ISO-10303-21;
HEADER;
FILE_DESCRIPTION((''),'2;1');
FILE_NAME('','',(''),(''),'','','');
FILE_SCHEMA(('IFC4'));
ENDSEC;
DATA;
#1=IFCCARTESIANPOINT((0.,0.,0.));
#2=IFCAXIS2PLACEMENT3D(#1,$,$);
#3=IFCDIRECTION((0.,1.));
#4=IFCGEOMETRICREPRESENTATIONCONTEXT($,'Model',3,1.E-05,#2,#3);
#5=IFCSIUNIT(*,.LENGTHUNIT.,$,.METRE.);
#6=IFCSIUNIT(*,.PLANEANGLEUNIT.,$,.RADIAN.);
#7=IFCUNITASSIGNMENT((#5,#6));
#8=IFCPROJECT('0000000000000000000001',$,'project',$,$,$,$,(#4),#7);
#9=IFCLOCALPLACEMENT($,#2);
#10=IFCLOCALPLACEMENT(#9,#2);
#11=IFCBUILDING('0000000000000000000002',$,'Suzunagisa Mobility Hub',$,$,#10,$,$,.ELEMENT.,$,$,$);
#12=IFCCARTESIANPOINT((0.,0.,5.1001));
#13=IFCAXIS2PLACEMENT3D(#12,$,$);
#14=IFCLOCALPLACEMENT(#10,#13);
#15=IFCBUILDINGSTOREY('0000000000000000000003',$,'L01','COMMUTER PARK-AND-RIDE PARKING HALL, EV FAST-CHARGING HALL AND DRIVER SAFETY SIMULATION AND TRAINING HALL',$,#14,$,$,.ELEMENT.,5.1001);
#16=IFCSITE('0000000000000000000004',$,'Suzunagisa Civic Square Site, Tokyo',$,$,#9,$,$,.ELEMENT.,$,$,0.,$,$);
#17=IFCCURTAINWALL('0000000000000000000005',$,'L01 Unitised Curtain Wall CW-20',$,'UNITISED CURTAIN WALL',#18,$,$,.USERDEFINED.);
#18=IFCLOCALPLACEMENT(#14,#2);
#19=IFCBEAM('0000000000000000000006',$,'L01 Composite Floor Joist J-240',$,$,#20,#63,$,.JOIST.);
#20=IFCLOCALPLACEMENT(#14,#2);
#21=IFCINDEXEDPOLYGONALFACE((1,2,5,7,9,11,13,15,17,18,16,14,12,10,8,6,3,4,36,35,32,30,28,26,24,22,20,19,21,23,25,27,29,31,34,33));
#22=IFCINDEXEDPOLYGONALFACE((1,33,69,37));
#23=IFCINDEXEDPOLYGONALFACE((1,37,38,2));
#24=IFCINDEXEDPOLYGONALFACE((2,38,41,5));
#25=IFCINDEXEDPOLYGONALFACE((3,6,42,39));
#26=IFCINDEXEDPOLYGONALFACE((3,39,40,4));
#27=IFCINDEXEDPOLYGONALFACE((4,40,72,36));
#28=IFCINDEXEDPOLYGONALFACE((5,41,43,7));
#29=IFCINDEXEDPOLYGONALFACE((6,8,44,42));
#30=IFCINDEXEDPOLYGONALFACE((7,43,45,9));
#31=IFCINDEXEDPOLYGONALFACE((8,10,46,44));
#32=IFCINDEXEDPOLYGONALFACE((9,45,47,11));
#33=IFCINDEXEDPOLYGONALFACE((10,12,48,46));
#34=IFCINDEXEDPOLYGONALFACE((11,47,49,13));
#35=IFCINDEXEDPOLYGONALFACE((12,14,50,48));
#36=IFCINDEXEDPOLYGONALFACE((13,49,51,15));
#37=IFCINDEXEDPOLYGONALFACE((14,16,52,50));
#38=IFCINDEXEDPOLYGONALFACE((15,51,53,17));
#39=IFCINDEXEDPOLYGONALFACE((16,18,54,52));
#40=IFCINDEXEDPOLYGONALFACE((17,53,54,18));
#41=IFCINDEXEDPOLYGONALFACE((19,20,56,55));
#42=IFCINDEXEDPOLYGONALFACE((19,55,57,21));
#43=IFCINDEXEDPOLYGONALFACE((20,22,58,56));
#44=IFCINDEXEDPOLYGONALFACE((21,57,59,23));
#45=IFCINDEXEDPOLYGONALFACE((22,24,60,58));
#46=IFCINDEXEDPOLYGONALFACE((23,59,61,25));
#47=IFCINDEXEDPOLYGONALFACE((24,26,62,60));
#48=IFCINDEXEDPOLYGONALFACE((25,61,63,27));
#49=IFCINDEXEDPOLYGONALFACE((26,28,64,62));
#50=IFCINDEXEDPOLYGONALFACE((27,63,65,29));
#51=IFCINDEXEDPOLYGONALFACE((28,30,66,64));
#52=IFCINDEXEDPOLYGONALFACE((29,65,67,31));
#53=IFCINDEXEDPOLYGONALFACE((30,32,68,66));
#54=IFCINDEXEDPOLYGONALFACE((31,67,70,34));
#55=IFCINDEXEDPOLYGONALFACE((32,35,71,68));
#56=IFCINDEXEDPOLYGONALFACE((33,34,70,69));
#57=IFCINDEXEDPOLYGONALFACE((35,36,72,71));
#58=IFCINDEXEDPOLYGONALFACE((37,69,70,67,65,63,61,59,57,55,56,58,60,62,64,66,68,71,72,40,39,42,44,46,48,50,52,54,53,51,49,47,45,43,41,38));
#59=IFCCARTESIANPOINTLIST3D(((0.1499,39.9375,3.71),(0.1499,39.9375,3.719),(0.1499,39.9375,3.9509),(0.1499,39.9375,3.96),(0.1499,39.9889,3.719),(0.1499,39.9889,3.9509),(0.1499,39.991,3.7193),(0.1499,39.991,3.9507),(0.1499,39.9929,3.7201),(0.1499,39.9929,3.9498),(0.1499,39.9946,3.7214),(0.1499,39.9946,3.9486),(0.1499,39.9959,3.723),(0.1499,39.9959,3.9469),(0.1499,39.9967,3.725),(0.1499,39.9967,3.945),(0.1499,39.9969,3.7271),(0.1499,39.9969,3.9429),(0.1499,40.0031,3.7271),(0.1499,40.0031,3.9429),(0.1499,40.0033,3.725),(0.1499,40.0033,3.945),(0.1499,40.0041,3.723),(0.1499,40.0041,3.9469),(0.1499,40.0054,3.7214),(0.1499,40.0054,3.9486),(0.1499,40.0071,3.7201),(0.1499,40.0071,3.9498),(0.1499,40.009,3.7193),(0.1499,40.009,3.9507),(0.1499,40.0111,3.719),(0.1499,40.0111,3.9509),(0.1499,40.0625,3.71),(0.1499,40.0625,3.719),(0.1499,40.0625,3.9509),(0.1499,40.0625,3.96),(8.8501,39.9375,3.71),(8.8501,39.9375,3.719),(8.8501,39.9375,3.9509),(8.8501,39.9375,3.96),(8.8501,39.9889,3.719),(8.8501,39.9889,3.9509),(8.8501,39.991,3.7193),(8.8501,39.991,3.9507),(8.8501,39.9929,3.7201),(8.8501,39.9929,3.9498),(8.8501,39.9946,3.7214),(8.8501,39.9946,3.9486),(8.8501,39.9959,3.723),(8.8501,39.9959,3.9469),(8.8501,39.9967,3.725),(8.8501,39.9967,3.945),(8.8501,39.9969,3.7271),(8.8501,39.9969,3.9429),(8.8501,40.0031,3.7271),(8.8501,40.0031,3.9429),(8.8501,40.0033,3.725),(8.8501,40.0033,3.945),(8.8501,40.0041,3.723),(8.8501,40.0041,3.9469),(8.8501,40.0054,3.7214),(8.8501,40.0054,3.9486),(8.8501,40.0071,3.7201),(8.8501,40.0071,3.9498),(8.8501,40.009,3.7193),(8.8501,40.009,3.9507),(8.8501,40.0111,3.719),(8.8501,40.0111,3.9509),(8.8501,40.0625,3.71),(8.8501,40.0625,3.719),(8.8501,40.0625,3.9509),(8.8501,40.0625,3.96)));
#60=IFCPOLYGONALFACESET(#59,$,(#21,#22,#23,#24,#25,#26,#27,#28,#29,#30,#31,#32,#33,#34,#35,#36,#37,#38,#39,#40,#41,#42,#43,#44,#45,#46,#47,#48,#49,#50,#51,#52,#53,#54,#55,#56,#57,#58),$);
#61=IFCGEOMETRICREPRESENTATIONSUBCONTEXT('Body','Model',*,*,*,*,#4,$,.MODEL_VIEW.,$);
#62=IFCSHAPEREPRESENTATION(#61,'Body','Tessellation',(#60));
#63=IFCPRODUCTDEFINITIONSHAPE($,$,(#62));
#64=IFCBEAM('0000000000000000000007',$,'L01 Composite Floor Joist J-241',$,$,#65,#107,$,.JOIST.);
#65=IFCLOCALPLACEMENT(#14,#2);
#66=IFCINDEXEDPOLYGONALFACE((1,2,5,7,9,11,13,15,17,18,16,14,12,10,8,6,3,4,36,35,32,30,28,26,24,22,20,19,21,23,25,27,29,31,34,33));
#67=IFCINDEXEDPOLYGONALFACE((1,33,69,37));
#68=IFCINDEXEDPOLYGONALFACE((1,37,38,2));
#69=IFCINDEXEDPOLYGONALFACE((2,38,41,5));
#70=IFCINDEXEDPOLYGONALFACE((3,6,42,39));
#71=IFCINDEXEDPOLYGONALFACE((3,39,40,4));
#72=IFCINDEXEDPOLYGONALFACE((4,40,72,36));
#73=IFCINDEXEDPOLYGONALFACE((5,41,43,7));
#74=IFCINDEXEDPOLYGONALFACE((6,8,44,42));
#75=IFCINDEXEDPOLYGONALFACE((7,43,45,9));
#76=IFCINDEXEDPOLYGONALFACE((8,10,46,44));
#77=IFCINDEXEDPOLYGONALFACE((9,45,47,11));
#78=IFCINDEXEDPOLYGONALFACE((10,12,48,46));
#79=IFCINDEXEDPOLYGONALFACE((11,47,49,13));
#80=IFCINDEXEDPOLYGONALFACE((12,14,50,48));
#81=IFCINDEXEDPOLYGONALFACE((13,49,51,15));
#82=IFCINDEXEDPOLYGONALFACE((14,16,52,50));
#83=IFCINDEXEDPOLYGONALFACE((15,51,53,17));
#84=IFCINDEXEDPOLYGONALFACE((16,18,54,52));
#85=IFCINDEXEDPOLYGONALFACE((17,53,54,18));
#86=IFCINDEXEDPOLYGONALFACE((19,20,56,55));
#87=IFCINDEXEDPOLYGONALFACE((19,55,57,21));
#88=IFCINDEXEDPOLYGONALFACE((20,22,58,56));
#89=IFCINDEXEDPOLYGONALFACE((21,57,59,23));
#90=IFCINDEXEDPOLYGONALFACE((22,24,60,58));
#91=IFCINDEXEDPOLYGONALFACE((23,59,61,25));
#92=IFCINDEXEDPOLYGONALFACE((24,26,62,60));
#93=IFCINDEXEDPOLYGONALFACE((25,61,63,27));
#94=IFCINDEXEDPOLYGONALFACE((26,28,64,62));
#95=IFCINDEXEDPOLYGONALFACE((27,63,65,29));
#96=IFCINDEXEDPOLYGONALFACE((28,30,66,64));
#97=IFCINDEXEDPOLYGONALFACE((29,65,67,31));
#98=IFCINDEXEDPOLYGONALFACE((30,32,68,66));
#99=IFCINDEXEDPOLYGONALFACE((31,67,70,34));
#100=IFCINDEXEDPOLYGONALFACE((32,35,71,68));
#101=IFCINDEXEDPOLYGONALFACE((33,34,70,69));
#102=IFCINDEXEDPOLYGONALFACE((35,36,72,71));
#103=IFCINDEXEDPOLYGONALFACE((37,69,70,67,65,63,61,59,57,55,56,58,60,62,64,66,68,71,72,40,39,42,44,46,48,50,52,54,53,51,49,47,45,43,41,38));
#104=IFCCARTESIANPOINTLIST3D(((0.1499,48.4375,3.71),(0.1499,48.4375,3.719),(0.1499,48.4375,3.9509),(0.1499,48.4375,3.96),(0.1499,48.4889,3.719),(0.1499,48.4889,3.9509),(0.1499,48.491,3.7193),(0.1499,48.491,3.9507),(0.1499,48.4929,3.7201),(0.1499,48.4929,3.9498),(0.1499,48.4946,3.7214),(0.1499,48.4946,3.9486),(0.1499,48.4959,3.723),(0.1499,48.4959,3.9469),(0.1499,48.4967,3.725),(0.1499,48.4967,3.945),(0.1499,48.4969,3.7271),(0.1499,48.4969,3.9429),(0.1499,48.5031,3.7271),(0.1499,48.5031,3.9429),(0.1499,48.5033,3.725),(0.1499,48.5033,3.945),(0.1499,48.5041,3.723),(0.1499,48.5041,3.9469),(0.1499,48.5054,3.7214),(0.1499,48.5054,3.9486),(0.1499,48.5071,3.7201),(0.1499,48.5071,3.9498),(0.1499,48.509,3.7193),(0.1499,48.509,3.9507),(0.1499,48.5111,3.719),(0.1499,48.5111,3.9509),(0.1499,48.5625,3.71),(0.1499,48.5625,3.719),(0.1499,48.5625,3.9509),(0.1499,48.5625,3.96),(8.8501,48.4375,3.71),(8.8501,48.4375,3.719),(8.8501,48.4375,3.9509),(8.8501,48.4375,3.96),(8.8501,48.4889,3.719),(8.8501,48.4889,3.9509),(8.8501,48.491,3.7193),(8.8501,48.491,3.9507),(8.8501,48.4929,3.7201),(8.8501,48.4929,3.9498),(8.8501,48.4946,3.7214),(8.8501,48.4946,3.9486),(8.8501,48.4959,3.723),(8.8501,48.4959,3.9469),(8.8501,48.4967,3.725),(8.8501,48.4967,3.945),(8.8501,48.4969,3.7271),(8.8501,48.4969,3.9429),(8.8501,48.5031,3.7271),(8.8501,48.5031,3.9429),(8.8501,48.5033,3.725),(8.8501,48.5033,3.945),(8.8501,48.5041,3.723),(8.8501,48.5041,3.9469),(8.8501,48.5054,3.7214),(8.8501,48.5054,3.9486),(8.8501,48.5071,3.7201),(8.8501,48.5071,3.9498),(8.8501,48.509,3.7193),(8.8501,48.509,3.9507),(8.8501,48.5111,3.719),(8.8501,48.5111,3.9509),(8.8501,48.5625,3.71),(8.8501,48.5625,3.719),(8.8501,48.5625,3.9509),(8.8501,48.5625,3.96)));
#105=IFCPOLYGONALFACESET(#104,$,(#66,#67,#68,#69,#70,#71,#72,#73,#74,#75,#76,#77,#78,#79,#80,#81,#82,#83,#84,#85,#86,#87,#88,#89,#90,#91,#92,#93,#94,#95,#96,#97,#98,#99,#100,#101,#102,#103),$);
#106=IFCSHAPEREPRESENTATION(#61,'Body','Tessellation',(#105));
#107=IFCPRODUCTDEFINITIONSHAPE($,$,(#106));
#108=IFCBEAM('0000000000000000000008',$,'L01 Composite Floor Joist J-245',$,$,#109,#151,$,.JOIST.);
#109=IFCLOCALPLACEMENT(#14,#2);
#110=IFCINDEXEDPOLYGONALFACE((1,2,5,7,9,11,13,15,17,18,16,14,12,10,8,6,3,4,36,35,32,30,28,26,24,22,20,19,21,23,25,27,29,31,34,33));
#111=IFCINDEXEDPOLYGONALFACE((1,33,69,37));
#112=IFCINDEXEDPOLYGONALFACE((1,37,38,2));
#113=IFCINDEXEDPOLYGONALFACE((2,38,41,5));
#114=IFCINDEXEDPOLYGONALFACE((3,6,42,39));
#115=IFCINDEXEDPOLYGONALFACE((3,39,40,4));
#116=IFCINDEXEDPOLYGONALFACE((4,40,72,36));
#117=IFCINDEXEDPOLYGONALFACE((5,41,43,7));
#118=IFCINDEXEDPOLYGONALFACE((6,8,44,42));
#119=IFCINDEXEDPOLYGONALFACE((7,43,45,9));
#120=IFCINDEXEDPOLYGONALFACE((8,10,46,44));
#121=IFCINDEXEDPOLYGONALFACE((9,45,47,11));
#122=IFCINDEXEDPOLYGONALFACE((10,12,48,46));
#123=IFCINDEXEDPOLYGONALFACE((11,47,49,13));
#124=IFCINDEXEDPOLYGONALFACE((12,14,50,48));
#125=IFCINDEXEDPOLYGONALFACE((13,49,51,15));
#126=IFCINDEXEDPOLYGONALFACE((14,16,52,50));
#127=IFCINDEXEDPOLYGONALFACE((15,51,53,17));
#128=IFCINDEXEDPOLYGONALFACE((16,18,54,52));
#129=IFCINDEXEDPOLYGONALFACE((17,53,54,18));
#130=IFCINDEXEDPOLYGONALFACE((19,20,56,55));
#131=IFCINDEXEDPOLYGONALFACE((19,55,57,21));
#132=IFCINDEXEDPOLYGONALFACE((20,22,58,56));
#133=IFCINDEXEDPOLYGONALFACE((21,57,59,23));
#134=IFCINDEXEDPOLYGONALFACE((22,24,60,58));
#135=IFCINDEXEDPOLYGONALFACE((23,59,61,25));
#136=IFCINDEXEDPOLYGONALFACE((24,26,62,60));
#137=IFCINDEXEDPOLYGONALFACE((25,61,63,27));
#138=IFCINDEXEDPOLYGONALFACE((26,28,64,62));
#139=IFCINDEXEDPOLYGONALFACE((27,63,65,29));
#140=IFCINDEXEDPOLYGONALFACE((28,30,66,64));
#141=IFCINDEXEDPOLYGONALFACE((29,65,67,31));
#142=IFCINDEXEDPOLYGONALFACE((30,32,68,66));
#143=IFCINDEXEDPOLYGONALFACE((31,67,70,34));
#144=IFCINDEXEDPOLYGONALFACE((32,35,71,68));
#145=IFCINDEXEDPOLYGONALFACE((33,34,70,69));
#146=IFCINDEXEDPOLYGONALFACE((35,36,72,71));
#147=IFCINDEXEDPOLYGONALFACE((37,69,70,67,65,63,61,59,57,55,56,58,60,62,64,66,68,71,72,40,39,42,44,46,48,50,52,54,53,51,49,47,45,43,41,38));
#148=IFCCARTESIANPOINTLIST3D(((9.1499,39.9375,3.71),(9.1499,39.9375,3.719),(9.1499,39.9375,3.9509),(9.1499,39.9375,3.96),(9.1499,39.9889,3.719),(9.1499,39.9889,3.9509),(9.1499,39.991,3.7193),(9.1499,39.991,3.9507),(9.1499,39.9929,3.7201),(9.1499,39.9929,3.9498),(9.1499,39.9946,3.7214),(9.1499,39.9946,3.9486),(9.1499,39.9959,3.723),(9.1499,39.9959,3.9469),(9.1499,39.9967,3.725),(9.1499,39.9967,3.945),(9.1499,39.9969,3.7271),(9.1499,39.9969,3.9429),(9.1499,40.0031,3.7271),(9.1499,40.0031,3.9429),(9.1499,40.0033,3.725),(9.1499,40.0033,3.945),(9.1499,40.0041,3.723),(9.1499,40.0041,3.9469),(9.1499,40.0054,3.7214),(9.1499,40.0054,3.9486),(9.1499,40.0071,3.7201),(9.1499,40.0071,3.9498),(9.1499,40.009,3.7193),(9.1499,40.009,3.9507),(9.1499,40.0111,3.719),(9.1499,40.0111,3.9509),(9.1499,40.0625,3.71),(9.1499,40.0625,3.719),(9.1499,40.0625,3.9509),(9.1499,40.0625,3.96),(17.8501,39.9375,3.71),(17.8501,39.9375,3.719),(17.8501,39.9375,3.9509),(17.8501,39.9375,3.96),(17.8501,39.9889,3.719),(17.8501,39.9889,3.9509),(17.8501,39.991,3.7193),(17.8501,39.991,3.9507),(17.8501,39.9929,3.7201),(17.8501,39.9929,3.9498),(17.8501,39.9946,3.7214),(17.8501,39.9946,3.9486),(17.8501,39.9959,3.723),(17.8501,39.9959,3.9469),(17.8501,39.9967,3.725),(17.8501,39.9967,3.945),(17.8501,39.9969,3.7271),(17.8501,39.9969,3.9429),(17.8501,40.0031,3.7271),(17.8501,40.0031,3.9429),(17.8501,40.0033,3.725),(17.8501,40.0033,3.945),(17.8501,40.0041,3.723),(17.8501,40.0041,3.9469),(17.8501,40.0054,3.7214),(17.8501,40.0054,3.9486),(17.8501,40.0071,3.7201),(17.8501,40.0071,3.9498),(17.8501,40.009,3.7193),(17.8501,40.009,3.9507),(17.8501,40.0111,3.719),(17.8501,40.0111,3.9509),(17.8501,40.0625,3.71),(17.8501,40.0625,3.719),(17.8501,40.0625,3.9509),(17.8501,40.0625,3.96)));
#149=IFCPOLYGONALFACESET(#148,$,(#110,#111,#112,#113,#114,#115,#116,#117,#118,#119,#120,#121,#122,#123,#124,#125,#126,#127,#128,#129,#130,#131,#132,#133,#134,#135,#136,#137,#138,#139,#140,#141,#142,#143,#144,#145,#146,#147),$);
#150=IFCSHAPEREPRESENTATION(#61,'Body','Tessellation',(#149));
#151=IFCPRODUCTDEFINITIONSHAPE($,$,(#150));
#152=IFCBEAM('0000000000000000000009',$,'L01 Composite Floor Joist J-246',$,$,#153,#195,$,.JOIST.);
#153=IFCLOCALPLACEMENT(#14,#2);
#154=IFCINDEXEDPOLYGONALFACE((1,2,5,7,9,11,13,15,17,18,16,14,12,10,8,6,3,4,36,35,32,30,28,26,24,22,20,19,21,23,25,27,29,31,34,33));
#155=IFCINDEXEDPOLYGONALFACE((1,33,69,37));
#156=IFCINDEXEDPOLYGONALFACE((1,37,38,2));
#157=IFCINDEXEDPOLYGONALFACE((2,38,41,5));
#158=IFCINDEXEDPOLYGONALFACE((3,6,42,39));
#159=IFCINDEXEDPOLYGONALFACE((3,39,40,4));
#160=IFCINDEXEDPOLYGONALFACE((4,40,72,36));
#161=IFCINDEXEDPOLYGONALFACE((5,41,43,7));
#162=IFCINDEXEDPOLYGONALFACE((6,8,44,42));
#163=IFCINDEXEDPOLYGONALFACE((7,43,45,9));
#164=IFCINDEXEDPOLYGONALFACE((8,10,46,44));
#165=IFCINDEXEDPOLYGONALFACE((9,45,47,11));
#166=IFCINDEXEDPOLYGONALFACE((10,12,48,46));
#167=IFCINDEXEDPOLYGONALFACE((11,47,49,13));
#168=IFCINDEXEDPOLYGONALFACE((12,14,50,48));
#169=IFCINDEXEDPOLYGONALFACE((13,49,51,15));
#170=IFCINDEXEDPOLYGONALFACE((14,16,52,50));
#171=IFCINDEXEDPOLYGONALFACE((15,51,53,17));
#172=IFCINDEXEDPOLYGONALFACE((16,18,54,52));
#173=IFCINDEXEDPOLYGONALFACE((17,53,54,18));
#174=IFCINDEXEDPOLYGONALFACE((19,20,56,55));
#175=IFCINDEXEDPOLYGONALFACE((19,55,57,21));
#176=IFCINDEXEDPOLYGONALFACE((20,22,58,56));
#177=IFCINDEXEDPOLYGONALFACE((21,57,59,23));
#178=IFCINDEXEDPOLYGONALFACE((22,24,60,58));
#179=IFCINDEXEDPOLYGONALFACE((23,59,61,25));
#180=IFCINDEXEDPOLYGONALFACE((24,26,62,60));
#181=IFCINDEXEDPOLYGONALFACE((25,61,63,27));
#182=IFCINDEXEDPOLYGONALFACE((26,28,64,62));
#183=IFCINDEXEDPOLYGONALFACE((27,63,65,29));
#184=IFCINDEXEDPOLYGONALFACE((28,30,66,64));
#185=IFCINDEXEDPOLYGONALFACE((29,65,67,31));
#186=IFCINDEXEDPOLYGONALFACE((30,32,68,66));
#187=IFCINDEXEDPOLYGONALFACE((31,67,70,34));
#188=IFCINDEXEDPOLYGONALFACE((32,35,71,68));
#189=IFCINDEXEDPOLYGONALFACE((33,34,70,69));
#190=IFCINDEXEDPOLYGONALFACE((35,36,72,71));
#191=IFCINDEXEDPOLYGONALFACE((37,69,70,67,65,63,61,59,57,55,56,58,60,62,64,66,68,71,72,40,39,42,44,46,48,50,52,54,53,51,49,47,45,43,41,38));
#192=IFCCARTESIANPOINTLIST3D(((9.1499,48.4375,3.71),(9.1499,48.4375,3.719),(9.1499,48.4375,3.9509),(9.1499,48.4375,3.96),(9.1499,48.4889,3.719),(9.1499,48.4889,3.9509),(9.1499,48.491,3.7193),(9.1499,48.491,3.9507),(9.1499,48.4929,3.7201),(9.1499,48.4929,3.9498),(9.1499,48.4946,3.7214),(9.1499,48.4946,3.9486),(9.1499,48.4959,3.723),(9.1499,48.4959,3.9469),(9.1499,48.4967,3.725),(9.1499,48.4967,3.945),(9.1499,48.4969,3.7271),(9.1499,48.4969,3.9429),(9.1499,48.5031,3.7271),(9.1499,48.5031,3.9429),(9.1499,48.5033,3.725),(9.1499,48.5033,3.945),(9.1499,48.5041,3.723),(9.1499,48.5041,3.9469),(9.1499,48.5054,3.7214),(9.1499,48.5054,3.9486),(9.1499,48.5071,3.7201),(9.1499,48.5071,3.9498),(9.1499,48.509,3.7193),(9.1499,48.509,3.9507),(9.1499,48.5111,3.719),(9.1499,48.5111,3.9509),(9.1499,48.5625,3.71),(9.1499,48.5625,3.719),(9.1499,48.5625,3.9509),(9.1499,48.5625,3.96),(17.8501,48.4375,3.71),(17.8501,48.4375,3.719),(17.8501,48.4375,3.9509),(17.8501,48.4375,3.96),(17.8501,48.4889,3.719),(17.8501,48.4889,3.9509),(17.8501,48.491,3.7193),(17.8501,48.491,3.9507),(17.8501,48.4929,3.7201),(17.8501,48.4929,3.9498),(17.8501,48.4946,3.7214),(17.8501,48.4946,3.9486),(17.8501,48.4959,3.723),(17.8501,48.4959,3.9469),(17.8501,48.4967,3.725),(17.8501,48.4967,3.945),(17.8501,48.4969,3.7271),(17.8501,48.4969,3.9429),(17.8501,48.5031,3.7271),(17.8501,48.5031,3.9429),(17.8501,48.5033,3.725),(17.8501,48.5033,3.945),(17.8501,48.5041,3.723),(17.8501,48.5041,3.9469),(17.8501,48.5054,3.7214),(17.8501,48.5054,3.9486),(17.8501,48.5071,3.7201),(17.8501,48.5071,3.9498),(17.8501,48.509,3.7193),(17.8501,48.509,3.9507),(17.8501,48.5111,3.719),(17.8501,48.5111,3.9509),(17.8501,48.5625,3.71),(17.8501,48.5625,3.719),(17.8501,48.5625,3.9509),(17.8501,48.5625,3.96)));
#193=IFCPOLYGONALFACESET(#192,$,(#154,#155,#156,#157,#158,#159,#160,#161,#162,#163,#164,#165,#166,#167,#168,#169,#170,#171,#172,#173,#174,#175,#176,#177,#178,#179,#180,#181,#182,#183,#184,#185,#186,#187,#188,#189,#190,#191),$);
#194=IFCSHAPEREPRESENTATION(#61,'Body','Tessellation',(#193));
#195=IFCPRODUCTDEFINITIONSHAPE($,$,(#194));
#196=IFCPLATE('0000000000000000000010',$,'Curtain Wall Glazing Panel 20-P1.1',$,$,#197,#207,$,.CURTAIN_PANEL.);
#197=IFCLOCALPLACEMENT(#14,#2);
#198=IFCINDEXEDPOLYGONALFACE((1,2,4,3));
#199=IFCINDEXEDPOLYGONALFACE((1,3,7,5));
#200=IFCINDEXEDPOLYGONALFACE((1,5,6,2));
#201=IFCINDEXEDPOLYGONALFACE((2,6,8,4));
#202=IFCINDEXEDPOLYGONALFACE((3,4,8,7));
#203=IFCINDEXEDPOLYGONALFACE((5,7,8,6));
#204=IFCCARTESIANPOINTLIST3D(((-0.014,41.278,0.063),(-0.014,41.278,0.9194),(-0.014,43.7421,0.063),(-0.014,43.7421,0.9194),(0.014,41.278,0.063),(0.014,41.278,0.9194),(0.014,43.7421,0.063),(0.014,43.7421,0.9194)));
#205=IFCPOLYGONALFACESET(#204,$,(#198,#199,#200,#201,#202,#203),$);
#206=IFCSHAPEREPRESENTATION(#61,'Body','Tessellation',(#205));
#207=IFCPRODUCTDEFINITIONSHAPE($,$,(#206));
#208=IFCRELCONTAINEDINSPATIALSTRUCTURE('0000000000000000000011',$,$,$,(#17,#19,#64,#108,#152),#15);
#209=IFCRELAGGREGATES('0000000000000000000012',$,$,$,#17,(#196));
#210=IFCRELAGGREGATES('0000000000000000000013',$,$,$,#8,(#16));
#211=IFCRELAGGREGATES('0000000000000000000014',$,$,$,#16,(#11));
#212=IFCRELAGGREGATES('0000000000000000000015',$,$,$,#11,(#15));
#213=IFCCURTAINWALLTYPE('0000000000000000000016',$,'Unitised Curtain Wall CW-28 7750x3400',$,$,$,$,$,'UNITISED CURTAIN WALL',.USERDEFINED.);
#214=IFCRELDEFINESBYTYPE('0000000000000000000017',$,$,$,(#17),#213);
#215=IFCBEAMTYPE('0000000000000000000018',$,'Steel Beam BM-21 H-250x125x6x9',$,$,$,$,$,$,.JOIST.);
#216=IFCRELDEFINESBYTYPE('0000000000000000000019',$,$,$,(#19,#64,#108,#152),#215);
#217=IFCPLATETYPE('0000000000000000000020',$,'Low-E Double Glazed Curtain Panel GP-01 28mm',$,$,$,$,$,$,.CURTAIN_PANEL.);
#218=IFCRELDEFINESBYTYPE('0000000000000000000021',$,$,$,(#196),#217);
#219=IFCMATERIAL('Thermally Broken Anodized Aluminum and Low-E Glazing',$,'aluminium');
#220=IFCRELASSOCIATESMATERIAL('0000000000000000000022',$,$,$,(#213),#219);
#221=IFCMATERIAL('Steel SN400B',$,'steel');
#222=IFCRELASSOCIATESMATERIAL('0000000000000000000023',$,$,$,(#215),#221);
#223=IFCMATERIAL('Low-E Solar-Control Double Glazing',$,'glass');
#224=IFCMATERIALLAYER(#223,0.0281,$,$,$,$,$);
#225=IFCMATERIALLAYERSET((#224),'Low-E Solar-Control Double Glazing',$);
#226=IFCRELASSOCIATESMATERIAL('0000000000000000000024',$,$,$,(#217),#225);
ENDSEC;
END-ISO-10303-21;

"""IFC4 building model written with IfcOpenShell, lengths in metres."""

from ifc_helpers import new_model, si_unit, direction, frame, origin, origin_2d, place, context, subcontext, project, spatial, rectangle, i_section, extrude, material, layer, layer_set, material_profile, profile_set, type_object, element, aggregate, save


model = new_model("IFC4")

# Units and contexts
model_context = context("Model", 3, precision=1e-05, world=origin(), true_north=direction((0.0, 1.0)))
body_context = subcontext(model_context, "Body", "Model", "MODEL_VIEW")
ifc_project = project(units=[si_unit("LENGTHUNIT", "METRE"), si_unit("PLANEANGLEUNIT", "RADIAN")], contexts=[model_context])

# Site, building, storey
site_placement = place(None, origin())
site = spatial("IfcSite", under=ifc_project, at=site_placement, Name="Suzunagisa Civic Square Site, Tokyo", CompositionType="ELEMENT", RefElevation=0.0)
building_placement = place(site_placement, origin())
building = spatial("IfcBuilding", under=site, at=building_placement, Name="Suzunagisa Mobility Hub", CompositionType="ELEMENT")
storey_placement = place(building_placement, frame((0.0, 0.0, 5.1001)))
storey = spatial("IfcBuildingStorey", under=building, at=storey_placement, Name="L01", Description="COMMUTER PARK-AND-RIDE PARKING HALL, EV FAST-CHARGING HALL AND DRIVER SAFETY SIMULATION AND TRAINING HALL", CompositionType="ELEMENT", Elevation=5.1001)

# Curtain wall
ifc_material_1 = material(Name="Thermally Broken Anodized Aluminum and Low-E Glazing", Category="aluminium")
curtain_wall_type = type_object("IfcCurtainWallType", Name="Unitised Curtain Wall CW-28 7750x3400", ElementType="UNITISED CURTAIN WALL", PredefinedType="USERDEFINED", material=ifc_material_1)
curtain_wall_placement = place(storey_placement, origin())
curtain_wall = element("IfcCurtainWall", 1, at=curtain_wall_placement, inside=storey, type_object=curtain_wall_type, Name="L01 Unitised Curtain Wall CW-20", ObjectType="UNITISED CURTAIN WALL", PredefinedType="USERDEFINED")

# Beams
ifc_material_2 = material(Name="Steel SN400B", Category="steel")
ifc_material_profile_1 = material_profile(ifc_material_2, i_section(OverallWidth=0.125, OverallDepth=0.25, WebThickness=0.0061, FlangeThickness=0.009, FilletRadius=0.0081, at=origin_2d()), Name="H-250x125x6x9")
ifc_profile_set_1 = profile_set([ifc_material_profile_1], Name="Steel SN400B")
beam_type_1 = type_object("IfcBeamType", Name="Steel Beam BM-21 H-250x125x6x9", PredefinedType="JOIST", material=ifc_profile_set_1)
for number, where, z_axis, x_axis, name in (
    (2, (0.1499, 40.0, 3.835), (1.0, 0.0, 0.0), (0.0, 1.0, 0.0), "L01 Composite Floor Joist J-240"),
    (3, (0.1499, 48.5, 3.835), (1.0, 0.0, 0.0), (0.0, 1.0, 0.0), "L01 Composite Floor Joist J-241"),
    (4, (9.1499, 40.0, 3.835), (1.0, 0.0, 0.0), (0.0, 1.0, 0.0), "L01 Composite Floor Joist J-245"),
    (5, (9.1499, 48.5, 3.835), (1.0, 0.0, 0.0), (0.0, 1.0, 0.0), "L01 Composite Floor Joist J-246"),
):
    element("IfcBeam", number, at=place(storey_placement, frame(where, z_axis=z_axis, x_axis=x_axis)), inside=storey, type_object=beam_type_1, Name=name, PredefinedType="JOIST", context=body_context, shape_type="SweptSolid", body=[
        extrude(i_section(OverallWidth=0.125, OverallDepth=0.25, WebThickness=0.0061, FlangeThickness=0.009, FilletRadius=0.0081, at=origin_2d()), origin(), (0.0, 0.0, 1.0), 8.7002),
    ])

# Plate
ifc_material_3 = material(Name="Low-E Solar-Control Double Glazing", Category="glass")
ifc_layer_1 = layer(ifc_material_3, 0.0281)
ifc_layer_set_1 = layer_set([ifc_layer_1], Name="Low-E Solar-Control Double Glazing")
plate_type = type_object("IfcPlateType", Name="Low-E Double Glazed Curtain Panel GP-01 28mm", PredefinedType="CURTAIN_PANEL", material=ifc_layer_set_1)
plate_1_placement = place(storey_placement, frame((0.0, 42.51, 0.063), z_axis=(0.0, 0.0, 1.0), x_axis=(0.0, -1.0, 0.0)))
plate_1 = element("IfcPlate", 6, at=plate_1_placement, type_object=plate_type, Name="Curtain Wall Glazing Panel 20-P1.1", PredefinedType="CURTAIN_PANEL", context=body_context, shape_type="SweptSolid", body=[
    extrude(rectangle(XDim=2.4641, YDim=0.0281, at=origin_2d()), origin(), (0.0, 0.0, 1.0), 0.8564),
])
aggregate(curtain_wall, [plate_1])

save(model, "model.ifc")
